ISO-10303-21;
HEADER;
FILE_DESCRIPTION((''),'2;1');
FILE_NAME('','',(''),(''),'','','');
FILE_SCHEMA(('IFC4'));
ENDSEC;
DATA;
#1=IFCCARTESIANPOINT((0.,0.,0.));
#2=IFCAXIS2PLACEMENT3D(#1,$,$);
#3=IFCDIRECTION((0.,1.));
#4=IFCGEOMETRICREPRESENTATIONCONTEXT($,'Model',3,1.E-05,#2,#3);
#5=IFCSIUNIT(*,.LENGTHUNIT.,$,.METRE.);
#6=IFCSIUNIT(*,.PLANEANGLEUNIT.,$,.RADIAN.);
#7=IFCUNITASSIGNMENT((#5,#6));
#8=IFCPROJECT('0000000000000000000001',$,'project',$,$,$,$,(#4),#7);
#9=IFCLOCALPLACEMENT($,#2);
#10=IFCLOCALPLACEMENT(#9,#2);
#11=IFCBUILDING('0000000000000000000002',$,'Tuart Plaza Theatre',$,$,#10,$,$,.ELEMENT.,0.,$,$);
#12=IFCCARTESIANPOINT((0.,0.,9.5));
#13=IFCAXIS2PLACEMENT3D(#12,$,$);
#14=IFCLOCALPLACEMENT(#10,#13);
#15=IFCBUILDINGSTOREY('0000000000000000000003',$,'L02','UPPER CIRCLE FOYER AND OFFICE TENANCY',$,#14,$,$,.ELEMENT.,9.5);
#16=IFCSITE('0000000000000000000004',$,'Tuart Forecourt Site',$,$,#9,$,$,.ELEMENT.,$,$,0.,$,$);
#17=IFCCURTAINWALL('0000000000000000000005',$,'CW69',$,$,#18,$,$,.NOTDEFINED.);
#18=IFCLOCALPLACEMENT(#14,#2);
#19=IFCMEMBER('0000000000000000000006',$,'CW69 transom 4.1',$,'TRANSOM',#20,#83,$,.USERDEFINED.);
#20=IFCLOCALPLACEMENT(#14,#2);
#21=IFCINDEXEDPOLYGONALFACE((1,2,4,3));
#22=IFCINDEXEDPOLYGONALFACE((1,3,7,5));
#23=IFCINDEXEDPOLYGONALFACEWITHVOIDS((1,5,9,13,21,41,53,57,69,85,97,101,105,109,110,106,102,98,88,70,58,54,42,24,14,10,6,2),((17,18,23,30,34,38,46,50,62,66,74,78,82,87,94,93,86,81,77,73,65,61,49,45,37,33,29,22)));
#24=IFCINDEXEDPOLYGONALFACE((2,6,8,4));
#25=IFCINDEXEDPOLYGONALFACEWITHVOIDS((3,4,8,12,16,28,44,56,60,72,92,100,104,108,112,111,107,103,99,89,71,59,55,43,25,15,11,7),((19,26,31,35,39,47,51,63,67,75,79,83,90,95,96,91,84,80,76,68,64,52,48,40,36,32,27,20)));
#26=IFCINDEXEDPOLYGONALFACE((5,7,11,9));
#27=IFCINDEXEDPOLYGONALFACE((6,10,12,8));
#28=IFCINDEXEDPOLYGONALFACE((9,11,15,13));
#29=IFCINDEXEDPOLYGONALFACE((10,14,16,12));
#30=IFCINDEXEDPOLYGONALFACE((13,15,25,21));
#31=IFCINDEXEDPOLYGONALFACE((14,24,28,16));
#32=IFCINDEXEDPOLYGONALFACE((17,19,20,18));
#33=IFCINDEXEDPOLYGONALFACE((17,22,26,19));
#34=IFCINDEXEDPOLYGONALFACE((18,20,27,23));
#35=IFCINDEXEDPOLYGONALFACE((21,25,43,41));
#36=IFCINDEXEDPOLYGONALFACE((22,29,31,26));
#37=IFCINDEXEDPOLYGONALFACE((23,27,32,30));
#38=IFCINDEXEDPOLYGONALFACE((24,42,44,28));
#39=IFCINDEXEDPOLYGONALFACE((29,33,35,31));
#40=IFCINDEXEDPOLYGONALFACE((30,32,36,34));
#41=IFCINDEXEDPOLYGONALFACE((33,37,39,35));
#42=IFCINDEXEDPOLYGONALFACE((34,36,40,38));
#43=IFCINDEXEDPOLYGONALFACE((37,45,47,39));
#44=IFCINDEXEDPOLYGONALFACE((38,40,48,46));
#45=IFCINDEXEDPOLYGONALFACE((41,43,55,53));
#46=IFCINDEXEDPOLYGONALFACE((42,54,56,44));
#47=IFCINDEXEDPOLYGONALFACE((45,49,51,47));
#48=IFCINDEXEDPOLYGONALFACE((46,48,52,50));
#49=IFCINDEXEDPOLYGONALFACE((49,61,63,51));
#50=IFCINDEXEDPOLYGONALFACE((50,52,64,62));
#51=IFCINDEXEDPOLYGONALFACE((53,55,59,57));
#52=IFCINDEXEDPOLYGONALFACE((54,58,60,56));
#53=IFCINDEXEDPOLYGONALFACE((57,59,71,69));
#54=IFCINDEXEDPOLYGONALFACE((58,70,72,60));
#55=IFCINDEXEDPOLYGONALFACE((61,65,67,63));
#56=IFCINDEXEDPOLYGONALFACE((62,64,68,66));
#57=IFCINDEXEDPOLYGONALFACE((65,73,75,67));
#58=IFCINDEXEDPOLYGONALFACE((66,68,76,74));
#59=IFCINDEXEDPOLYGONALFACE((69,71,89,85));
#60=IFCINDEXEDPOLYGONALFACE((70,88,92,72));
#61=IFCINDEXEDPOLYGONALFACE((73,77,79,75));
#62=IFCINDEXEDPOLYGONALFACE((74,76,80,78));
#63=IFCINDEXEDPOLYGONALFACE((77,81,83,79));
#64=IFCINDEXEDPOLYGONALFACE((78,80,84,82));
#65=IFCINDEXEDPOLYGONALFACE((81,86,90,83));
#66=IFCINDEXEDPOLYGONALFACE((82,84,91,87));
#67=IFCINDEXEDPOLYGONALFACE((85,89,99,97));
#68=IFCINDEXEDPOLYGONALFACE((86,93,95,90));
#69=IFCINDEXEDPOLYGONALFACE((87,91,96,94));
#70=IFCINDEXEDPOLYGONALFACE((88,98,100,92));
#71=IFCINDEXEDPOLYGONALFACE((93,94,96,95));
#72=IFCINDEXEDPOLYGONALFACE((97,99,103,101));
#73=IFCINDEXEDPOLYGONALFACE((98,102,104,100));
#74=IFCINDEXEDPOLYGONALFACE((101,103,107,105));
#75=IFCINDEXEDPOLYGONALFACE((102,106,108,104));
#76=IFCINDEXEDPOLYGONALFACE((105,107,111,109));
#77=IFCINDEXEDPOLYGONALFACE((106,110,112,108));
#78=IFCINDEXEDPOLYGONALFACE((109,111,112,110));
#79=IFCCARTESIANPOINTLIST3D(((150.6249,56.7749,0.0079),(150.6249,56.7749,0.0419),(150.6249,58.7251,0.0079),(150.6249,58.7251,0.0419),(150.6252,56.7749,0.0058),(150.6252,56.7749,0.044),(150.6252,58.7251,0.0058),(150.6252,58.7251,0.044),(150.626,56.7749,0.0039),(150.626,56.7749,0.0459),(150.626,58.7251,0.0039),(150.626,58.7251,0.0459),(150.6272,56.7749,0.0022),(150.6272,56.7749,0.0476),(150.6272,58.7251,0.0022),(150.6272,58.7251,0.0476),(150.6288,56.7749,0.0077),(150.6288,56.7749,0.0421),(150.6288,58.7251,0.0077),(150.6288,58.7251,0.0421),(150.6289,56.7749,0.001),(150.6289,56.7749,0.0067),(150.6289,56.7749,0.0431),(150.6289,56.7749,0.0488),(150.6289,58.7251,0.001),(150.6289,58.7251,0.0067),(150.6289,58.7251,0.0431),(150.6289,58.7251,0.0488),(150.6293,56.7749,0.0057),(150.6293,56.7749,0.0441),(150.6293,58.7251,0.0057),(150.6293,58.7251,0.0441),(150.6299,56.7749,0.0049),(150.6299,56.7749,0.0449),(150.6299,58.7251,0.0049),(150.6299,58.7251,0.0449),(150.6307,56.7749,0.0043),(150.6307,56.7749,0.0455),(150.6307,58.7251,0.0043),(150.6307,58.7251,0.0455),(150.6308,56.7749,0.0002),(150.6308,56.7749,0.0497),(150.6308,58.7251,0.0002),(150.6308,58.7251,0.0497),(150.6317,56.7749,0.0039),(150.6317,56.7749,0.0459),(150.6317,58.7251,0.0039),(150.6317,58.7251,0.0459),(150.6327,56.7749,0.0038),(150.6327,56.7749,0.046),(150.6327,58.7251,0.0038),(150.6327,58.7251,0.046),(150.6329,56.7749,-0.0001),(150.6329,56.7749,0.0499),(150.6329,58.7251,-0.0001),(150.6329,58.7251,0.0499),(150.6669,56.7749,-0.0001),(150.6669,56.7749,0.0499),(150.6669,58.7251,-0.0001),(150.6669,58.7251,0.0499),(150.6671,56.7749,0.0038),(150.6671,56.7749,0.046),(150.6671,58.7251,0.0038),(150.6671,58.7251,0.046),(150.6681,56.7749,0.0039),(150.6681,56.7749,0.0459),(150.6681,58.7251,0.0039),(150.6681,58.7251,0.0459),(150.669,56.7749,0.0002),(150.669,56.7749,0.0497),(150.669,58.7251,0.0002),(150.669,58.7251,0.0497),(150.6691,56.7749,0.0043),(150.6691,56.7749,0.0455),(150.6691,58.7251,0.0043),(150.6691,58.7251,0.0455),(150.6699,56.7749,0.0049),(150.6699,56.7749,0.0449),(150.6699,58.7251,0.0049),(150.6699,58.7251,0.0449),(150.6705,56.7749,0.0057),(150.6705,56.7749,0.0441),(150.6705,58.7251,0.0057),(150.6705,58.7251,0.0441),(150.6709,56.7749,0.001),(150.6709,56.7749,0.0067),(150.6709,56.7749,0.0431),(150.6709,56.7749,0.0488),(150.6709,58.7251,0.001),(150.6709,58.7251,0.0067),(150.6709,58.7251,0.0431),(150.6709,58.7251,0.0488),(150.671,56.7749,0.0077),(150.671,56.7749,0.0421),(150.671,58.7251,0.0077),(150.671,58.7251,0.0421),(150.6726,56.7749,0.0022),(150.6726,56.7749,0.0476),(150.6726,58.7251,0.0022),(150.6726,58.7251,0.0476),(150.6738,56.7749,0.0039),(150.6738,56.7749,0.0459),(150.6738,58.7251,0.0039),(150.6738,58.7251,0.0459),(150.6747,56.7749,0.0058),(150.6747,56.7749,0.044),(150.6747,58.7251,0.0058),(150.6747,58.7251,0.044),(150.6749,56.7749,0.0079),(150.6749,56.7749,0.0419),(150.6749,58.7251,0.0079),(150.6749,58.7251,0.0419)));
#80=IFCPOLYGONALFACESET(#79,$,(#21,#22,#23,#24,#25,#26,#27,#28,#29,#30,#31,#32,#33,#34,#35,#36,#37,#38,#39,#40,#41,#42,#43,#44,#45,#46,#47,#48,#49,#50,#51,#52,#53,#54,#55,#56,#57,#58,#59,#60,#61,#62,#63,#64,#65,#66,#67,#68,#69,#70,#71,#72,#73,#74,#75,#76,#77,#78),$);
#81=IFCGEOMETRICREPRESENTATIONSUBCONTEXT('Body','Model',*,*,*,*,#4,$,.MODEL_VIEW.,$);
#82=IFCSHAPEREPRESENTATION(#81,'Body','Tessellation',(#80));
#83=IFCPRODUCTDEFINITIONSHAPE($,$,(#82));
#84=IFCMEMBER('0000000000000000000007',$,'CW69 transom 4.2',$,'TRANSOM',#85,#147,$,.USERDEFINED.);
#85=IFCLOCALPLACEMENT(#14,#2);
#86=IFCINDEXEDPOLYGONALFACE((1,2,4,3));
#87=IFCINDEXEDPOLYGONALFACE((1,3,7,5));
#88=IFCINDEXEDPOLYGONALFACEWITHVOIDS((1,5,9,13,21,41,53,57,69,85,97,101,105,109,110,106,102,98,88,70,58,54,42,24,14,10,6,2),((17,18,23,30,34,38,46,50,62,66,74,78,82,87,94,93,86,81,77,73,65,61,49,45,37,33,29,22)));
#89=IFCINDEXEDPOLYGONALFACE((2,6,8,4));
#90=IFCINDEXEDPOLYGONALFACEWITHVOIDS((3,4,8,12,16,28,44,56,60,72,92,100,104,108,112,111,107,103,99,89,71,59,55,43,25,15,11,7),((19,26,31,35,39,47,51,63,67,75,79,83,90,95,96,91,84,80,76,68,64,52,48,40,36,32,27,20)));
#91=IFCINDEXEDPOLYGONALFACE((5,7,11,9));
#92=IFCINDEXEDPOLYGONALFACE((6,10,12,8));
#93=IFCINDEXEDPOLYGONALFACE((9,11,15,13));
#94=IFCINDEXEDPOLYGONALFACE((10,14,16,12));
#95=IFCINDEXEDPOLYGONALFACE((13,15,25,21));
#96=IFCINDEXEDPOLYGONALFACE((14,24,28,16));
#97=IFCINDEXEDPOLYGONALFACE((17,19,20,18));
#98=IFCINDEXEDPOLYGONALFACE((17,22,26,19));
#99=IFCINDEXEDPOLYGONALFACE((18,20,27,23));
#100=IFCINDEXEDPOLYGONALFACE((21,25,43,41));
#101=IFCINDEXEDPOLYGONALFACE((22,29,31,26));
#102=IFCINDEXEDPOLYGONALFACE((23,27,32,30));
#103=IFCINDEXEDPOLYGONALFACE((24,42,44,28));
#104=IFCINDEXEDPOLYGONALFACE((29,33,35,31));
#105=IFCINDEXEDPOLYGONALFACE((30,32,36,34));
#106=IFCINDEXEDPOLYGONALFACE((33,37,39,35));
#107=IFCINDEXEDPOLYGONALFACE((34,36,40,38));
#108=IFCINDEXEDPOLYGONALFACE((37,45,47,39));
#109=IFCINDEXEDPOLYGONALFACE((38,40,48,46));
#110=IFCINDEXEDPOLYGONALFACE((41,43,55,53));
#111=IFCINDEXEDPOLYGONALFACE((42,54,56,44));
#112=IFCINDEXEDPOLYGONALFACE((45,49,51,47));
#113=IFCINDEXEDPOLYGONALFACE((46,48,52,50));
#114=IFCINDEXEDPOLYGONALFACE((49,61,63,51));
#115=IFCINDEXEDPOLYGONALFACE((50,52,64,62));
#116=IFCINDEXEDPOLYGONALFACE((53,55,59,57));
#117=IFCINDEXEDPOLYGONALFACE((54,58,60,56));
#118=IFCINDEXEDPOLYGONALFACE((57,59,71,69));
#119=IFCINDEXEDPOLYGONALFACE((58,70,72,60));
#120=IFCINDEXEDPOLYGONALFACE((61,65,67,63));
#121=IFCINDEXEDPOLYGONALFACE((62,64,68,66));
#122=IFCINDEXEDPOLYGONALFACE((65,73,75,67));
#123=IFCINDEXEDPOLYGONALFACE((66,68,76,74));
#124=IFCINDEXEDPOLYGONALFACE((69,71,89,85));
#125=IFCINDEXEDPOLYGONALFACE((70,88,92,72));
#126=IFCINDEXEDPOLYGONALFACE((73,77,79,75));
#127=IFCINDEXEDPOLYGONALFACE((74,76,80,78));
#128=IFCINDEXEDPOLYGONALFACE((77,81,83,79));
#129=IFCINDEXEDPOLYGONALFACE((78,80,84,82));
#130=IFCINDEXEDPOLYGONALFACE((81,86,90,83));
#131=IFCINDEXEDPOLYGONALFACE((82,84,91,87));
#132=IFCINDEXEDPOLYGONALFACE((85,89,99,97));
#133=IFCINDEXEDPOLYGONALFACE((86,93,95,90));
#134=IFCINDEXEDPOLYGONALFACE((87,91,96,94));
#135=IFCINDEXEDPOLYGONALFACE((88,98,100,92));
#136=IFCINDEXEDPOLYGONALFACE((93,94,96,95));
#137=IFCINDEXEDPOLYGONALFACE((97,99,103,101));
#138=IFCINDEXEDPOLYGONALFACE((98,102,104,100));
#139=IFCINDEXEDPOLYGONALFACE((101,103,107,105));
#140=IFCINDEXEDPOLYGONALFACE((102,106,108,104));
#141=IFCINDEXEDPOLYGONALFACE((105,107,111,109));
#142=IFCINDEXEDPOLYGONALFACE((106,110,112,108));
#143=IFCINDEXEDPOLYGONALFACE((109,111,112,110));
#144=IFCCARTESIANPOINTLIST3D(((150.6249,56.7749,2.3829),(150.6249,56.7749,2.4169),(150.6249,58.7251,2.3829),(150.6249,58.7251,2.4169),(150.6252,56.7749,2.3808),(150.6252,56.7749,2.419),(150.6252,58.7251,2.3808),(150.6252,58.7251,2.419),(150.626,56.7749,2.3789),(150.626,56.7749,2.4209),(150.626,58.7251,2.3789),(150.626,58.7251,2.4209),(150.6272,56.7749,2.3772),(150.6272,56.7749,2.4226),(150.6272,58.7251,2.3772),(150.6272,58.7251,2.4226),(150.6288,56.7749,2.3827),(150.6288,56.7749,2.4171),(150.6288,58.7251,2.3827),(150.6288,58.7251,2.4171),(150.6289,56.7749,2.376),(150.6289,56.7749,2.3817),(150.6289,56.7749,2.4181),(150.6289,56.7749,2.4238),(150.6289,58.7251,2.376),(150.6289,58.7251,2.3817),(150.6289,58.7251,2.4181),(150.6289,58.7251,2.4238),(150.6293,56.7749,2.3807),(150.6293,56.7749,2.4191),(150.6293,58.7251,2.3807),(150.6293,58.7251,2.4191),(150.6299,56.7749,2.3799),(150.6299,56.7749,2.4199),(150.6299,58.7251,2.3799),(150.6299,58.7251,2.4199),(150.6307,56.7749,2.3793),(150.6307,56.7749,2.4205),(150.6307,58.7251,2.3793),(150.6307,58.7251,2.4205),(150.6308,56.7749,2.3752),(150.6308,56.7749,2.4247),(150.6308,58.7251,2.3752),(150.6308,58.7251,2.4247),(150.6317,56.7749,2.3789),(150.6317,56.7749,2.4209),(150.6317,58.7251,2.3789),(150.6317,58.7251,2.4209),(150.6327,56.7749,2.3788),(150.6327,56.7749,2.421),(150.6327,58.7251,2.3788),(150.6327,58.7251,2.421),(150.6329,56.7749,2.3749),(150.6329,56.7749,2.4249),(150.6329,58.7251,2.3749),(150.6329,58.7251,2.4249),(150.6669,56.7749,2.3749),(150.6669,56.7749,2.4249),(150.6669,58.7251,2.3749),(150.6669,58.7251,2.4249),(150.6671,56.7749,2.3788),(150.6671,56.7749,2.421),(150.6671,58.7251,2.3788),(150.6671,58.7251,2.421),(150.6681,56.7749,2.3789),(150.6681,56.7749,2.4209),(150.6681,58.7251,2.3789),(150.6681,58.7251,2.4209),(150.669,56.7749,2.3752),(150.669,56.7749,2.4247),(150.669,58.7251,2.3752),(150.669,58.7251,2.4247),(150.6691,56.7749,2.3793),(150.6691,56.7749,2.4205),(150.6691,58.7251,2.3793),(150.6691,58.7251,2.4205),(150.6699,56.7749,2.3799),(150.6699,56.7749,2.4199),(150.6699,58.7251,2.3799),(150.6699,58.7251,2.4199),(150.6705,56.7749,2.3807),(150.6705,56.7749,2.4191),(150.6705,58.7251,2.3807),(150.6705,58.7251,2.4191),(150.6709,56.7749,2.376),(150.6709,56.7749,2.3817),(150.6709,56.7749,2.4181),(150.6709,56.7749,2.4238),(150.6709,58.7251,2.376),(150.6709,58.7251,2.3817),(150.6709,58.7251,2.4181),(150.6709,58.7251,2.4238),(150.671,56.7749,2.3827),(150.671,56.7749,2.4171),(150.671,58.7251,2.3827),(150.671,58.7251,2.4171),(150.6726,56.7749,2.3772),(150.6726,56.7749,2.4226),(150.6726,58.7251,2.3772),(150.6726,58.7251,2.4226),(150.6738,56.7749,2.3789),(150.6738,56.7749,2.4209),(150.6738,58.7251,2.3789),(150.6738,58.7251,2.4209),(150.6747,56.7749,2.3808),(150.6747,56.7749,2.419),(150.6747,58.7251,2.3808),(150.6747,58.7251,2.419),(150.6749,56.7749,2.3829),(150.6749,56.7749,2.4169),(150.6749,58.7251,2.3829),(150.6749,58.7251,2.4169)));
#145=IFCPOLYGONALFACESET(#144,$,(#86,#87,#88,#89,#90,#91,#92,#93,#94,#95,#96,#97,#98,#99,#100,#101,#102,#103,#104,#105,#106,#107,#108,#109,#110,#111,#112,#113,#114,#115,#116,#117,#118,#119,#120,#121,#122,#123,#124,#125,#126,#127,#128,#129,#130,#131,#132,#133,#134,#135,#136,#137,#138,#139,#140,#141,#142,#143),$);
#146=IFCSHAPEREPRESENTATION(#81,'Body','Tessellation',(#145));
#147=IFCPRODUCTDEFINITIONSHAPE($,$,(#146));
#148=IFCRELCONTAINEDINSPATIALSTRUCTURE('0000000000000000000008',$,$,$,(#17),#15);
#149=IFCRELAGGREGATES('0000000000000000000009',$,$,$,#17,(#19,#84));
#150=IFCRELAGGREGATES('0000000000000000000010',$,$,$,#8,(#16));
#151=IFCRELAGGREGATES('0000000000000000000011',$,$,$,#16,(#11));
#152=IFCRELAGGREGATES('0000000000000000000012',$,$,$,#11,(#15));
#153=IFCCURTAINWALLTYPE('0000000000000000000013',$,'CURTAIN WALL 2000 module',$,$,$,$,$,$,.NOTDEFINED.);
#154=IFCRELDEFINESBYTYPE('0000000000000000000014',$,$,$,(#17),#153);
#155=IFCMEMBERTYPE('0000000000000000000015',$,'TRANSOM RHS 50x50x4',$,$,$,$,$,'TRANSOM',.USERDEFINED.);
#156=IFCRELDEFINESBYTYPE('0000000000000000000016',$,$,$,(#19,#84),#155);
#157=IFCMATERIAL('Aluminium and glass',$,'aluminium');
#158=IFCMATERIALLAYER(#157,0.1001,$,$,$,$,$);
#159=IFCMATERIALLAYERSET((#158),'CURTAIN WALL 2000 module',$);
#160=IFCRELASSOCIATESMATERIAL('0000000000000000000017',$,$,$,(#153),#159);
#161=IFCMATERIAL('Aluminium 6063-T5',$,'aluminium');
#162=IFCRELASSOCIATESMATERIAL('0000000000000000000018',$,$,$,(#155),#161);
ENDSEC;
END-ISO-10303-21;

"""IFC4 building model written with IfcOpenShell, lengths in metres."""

from ifc_helpers import new_model, si_unit, direction, frame, origin, origin_2d, place, context, subcontext, project, spatial, hollow_rectangle, extrude, material, layer, layer_set, material_profile, profile_set, type_object, element, aggregate, save


model = new_model("IFC4")

# Units and contexts
model_context = context("Model", 3, precision=1e-05, world=origin(), true_north=direction((0.0, 1.0)))
body_context = subcontext(model_context, "Body", "Model", "MODEL_VIEW")
ifc_project = project(units=[si_unit("LENGTHUNIT", "METRE"), si_unit("PLANEANGLEUNIT", "RADIAN")], contexts=[model_context])

# Site, building, storey
site_placement = place(None, origin())
site = spatial("IfcSite", under=ifc_project, at=site_placement, Name="Tuart Forecourt Site", CompositionType="ELEMENT", RefElevation=0.0)
building_placement = place(site_placement, origin())
building = spatial("IfcBuilding", under=site, at=building_placement, Name="Tuart Plaza Theatre", CompositionType="ELEMENT", ElevationOfRefHeight=0.0)
storey_placement = place(building_placement, frame((0.0, 0.0, 9.5)))
storey = spatial("IfcBuildingStorey", under=building, at=storey_placement, Name="L02", Description="UPPER CIRCLE FOYER AND OFFICE TENANCY", CompositionType="ELEMENT", Elevation=9.5)

# Curtain wall, members
ifc_material_1 = material(Name="Aluminium and glass", Category="aluminium")
ifc_layer_1 = layer(ifc_material_1, 0.1001)
ifc_layer_set_1 = layer_set([ifc_layer_1], Name="CURTAIN WALL 2000 module")
curtain_wall_type = type_object("IfcCurtainWallType", Name="CURTAIN WALL 2000 module", PredefinedType="NOTDEFINED", material=ifc_layer_set_1)
curtain_wall_placement = place(storey_placement, origin())
curtain_wall = element("IfcCurtainWall", 1, at=curtain_wall_placement, inside=storey, type_object=curtain_wall_type, Name="CW69", PredefinedType="NOTDEFINED")
ifc_material_2 = material(Name="Aluminium 6063-T5", Category="aluminium")
ifc_material_profile_1 = material_profile(ifc_material_2, hollow_rectangle(XDim=0.05, YDim=0.05, WallThickness=0.0039, InnerFilletRadius=0.0039, OuterFilletRadius=0.0081, at=origin_2d()), Name="RHS 50x50x4")
ifc_profile_set_1 = profile_set([ifc_material_profile_1], Name="Aluminium 6063-T5")
member_type_1 = type_object("IfcMemberType", Name="TRANSOM RHS 50x50x4", ElementType="TRANSOM", PredefinedType="USERDEFINED", material=ifc_profile_set_1)
member_1_placement = place(storey_placement, frame((150.6499, 56.7749, 0.0249), z_axis=(0.0, 1.0, 0.0), x_axis=(-1.0, 0.0, 0.0)))
member_1 = element("IfcMember", 2, at=member_1_placement, type_object=member_type_1, Name="CW69 transom 4.1", ObjectType="TRANSOM", PredefinedType="USERDEFINED", context=body_context, shape_type="SweptSolid", body=[
    extrude(hollow_rectangle(XDim=0.05, YDim=0.05, WallThickness=0.0039, InnerFilletRadius=0.0039, OuterFilletRadius=0.0081, at=origin_2d()), origin(), (0.0, 0.0, 1.0), 1.9502),
])
member_2_placement = place(storey_placement, frame((150.6499, 56.7749, 2.3999), z_axis=(0.0, 1.0, 0.0), x_axis=(-1.0, 0.0, 0.0)))
member_2 = element("IfcMember", 3, at=member_2_placement, type_object=member_type_1, Name="CW69 transom 4.2", ObjectType="TRANSOM", PredefinedType="USERDEFINED", context=body_context, shape_type="SweptSolid", body=[
    extrude(hollow_rectangle(XDim=0.05, YDim=0.05, WallThickness=0.0039, InnerFilletRadius=0.0039, OuterFilletRadius=0.0081, at=origin_2d()), origin(), (0.0, 0.0, 1.0), 1.9502),
])
aggregate(curtain_wall, [member_1, member_2])

save(model, "model.ifc")
